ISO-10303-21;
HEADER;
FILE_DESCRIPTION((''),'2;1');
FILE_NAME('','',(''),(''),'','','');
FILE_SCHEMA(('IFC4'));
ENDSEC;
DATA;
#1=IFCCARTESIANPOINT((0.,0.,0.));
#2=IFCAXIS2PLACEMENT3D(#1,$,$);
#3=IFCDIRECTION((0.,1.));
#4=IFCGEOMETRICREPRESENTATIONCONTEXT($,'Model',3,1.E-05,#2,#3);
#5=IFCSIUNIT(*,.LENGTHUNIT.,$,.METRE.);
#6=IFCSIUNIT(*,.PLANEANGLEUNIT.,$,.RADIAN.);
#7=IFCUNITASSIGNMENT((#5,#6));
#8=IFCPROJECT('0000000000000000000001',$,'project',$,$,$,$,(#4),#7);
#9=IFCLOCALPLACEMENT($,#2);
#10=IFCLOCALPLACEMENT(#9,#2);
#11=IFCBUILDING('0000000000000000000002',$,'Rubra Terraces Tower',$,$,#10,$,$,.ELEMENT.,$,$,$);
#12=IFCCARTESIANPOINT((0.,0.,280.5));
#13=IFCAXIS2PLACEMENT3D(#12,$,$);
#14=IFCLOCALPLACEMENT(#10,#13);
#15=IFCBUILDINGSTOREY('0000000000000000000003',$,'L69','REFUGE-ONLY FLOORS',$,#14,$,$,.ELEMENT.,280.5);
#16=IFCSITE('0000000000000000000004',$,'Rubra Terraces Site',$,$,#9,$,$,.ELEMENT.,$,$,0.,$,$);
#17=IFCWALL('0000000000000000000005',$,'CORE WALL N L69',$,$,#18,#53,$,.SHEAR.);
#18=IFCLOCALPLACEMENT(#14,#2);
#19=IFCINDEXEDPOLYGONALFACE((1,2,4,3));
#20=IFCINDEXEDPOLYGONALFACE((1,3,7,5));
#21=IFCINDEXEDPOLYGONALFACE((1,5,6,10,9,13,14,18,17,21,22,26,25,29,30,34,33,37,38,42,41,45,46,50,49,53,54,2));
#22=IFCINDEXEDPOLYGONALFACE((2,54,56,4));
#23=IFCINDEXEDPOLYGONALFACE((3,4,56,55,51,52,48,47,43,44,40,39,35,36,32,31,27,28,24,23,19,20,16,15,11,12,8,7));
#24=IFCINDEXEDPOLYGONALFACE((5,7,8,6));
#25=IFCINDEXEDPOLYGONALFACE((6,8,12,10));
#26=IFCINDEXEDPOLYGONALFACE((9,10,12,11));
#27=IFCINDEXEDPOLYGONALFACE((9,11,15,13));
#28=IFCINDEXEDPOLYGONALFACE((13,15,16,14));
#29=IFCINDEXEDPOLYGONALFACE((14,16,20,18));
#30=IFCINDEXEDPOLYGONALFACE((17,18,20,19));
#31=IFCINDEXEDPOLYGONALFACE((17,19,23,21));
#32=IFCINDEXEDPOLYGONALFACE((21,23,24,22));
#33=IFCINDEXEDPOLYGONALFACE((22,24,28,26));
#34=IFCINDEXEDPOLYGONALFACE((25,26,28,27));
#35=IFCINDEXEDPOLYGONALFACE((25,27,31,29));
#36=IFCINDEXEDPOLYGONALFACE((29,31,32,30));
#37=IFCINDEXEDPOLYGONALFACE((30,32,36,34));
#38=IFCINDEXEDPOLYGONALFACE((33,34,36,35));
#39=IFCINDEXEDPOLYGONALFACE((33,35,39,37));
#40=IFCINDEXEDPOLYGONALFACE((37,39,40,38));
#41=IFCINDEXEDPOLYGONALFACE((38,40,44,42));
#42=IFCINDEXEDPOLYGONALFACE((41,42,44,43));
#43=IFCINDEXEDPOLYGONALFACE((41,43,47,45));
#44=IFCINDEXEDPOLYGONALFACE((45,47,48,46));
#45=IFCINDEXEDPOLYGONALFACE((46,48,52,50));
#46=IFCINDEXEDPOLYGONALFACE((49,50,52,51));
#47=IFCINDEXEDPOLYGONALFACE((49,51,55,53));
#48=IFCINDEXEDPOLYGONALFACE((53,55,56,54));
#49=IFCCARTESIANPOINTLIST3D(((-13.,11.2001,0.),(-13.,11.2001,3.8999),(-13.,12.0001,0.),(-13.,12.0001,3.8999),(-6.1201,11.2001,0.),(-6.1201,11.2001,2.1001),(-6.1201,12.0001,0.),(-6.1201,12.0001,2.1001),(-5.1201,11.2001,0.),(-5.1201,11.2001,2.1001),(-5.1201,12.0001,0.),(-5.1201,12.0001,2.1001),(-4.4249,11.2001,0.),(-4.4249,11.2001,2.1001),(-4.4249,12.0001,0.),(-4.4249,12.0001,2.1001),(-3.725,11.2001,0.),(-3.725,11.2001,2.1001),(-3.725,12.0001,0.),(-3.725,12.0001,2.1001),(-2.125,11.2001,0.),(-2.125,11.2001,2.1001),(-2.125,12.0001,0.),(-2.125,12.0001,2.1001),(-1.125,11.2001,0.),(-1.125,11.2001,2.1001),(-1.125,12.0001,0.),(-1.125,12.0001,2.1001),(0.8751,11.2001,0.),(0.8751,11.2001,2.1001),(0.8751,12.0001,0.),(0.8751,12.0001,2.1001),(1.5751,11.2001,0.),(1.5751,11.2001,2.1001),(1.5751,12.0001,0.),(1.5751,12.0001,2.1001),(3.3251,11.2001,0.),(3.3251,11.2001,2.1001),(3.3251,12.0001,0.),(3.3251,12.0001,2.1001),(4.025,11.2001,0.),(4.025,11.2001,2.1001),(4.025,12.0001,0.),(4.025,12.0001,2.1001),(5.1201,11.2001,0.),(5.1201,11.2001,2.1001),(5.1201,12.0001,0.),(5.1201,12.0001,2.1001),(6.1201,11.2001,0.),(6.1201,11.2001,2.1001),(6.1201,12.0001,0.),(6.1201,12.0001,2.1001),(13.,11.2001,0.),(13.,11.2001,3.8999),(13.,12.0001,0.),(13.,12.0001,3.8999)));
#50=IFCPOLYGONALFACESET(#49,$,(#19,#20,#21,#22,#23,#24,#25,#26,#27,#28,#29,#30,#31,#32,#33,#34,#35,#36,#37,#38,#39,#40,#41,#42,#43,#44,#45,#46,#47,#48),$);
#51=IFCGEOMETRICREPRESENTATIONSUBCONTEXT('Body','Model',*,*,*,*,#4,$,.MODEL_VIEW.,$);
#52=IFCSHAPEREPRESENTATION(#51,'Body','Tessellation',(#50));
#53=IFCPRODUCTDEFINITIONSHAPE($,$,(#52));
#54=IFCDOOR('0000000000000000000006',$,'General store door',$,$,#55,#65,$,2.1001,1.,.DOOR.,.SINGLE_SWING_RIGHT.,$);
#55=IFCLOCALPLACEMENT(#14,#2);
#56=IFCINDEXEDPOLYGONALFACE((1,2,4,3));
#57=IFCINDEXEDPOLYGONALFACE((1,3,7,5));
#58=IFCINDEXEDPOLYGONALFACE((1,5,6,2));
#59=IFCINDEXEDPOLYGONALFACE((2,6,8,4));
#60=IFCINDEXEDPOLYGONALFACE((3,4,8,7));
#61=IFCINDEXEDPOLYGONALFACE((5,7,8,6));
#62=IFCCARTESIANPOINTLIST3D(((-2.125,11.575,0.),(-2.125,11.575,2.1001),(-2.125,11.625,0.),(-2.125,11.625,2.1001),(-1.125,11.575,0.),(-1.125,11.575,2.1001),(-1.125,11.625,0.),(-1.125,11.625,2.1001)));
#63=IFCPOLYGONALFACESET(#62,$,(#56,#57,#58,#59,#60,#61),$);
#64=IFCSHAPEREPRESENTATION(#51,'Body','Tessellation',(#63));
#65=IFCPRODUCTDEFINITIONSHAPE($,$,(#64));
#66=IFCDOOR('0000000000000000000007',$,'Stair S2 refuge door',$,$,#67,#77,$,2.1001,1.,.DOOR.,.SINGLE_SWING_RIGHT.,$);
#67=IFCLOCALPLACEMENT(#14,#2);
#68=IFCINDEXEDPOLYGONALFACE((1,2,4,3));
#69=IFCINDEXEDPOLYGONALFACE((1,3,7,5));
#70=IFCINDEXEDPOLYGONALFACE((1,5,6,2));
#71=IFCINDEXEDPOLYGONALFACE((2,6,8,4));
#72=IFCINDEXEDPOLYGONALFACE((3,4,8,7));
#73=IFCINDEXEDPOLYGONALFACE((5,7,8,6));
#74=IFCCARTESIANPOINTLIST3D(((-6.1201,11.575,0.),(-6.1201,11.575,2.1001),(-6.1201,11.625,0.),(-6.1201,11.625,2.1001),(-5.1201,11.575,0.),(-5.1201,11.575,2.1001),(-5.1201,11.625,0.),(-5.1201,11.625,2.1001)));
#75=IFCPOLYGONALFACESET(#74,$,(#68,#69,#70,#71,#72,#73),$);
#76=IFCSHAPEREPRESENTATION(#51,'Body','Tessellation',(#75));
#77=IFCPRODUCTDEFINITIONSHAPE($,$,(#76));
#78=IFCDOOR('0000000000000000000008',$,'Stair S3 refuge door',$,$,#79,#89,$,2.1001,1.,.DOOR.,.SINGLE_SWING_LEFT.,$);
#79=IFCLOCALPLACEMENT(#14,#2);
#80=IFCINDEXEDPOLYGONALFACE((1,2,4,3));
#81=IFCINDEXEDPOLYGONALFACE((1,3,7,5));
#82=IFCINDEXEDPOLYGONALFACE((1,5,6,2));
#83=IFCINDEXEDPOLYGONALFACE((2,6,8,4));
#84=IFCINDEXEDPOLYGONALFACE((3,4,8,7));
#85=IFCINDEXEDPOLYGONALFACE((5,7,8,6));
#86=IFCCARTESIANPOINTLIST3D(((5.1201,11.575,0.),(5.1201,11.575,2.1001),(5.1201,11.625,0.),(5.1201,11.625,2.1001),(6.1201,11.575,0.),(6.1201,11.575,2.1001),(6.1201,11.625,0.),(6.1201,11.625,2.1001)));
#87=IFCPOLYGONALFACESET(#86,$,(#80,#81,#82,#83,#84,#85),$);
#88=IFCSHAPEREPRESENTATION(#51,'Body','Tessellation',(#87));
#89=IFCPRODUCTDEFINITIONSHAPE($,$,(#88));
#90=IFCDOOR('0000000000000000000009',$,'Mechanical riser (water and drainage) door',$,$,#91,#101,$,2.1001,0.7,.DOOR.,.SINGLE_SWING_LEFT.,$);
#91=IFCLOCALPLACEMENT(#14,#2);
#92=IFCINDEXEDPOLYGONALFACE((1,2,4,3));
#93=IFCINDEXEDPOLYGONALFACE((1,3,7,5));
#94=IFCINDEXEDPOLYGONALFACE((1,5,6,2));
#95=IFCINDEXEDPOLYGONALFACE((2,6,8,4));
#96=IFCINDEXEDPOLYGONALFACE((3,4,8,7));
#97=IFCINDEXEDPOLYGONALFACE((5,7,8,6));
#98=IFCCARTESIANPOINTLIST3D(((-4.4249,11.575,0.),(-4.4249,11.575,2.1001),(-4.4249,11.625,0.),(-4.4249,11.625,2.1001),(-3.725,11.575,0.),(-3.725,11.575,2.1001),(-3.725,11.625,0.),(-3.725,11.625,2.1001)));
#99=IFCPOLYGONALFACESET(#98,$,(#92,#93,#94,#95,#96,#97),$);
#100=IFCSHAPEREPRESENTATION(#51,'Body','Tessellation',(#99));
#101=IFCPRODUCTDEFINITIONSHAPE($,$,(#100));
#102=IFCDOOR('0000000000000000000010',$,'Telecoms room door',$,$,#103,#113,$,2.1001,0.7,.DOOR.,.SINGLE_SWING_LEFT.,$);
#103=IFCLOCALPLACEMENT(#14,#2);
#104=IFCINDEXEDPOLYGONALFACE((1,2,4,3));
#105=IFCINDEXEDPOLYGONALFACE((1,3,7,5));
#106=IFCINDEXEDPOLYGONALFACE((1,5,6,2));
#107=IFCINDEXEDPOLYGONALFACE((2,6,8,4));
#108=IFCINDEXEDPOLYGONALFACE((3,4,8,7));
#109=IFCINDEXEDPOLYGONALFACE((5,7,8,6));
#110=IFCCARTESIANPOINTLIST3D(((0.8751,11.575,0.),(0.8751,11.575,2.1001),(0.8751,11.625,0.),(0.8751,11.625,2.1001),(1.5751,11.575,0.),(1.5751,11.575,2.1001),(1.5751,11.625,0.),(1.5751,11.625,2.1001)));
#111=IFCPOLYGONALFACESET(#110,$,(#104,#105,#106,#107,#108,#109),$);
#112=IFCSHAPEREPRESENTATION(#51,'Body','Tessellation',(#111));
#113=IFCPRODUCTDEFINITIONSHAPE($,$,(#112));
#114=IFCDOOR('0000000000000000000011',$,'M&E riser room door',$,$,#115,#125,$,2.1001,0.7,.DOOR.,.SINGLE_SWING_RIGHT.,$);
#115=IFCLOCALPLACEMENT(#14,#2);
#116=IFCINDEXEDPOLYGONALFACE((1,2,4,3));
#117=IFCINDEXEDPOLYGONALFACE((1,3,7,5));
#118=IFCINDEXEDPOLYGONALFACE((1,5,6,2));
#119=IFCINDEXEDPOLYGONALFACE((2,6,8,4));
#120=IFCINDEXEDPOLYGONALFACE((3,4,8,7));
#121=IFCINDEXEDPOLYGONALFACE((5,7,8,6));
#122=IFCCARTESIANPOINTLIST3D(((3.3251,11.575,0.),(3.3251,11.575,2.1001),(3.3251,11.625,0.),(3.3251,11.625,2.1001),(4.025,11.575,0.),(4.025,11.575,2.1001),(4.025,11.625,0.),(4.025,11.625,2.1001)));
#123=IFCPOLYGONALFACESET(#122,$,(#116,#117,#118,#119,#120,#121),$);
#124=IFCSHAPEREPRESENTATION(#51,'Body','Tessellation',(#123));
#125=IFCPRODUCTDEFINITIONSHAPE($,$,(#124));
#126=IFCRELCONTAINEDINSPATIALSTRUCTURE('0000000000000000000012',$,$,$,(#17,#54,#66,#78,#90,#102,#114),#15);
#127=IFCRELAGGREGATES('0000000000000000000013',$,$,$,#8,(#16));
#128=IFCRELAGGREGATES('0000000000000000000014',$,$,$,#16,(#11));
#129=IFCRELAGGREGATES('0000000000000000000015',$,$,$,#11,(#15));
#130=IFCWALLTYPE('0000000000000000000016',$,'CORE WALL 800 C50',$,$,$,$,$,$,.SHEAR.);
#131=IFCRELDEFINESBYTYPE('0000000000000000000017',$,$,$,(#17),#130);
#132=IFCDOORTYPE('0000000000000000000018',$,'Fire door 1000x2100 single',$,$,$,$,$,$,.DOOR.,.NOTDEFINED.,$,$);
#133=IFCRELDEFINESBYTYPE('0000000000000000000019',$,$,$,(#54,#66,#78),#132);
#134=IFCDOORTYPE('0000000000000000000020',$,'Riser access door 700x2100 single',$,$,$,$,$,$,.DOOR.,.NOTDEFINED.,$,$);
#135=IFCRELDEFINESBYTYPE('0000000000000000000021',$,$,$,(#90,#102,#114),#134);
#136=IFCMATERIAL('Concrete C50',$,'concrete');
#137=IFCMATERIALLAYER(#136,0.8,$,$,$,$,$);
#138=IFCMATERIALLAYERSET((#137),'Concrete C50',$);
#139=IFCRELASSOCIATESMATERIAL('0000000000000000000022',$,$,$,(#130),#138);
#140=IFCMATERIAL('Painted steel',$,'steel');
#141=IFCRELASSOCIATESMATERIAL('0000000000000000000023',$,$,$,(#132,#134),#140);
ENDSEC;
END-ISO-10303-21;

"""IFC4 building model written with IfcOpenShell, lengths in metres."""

from ifc_helpers import new_model, si_unit, direction, frame, frame_2d, origin, place, context, subcontext, project, spatial, rectangle, extrude, material, layer, layer_set, type_object, element, fill, save


model = new_model("IFC4")

# Units and contexts
model_context = context("Model", 3, precision=1e-05, world=origin(), true_north=direction((0.0, 1.0)))
body_context = subcontext(model_context, "Body", "Model", "MODEL_VIEW")
ifc_project = project(units=[si_unit("LENGTHUNIT", "METRE"), si_unit("PLANEANGLEUNIT", "RADIAN")], contexts=[model_context])

# Site, building, storey
site_placement = place(None, origin())
site = spatial("IfcSite", under=ifc_project, at=site_placement, Name="Rubra Terraces Site", CompositionType="ELEMENT", RefElevation=0.0)
building_placement = place(site_placement, origin())
building = spatial("IfcBuilding", under=site, at=building_placement, Name="Rubra Terraces Tower", CompositionType="ELEMENT")
storey_placement = place(building_placement, frame((0.0, 0.0, 280.5)))
storey = spatial("IfcBuildingStorey", under=building, at=storey_placement, Name="L69", Description="REFUGE-ONLY FLOORS", CompositionType="ELEMENT", Elevation=280.5)

# Shared definitions
ifc_material_1 = material(Name="Concrete C50", Category="concrete")

# Wall, openings, doors
ifc_layer_1 = layer(ifc_material_1, 0.8)
ifc_layer_set_1 = layer_set([ifc_layer_1], Name="Concrete C50")
wall_type_1 = type_object("IfcWallType", Name="CORE WALL 800 C50", PredefinedType="SHEAR", material=ifc_layer_set_1)
wall_1_placement = place(storey_placement, frame((-13.0, 11.6001, 0.0), z_axis=(0.0, 0.0, 1.0), x_axis=(1.0, 0.0, 0.0)))
wall_1 = element("IfcWall", 1, at=wall_1_placement, inside=storey, type_object=wall_type_1, Name="CORE WALL N L69", PredefinedType="SHEAR", context=body_context, shape_type="SweptSolid", body=[
    extrude(rectangle(XDim=26.0, YDim=0.8, at=frame_2d((13.0, 0.0))), origin(), (0.0, 0.0, 1.0), 3.8999),
])
opening_1_placement = place(wall_1_placement, frame((8.575, 0.0, 0.0)))
opening_1 = element("IfcOpeningElement", 2, at=opening_1_placement, cuts=wall_1, PredefinedType="OPENING", context=body_context, shape_type="SweptSolid", body=[
    extrude(rectangle(XDim=0.7, YDim=2.1001, at=frame_2d((0.3501, 1.05))), frame((0.0, 0.4099, 0.0), z_axis=(0.0, -1.0, 0.0), x_axis=(1.0, 0.0, 0.0)), (0.0, 0.0, 1.0), 0.8201),
])
opening_2_placement = place(wall_1_placement, frame((10.875, 0.0, 0.0)))
opening_2 = element("IfcOpeningElement", 3, at=opening_2_placement, cuts=wall_1, PredefinedType="OPENING", context=body_context, shape_type="SweptSolid", body=[
    extrude(rectangle(XDim=1.0, YDim=2.1001, at=frame_2d((0.5, 1.05))), frame((0.0, 0.4099, 0.0), z_axis=(0.0, -1.0, 0.0), x_axis=(1.0, 0.0, 0.0)), (0.0, 0.0, 1.0), 0.8201),
])
opening_3_placement = place(wall_1_placement, frame((13.875, 0.0, 0.0)))
opening_3 = element("IfcOpeningElement", 4, at=opening_3_placement, cuts=wall_1, PredefinedType="OPENING", context=body_context, shape_type="SweptSolid", body=[
    extrude(rectangle(XDim=0.7, YDim=2.1001, at=frame_2d((0.3501, 1.05))), frame((0.0, 0.4099, 0.0), z_axis=(0.0, -1.0, 0.0), x_axis=(1.0, 0.0, 0.0)), (0.0, 0.0, 1.0), 0.8201),
])
opening_4_placement = place(wall_1_placement, frame((16.325, 0.0, 0.0)))
opening_4 = element("IfcOpeningElement", 5, at=opening_4_placement, cuts=wall_1, PredefinedType="OPENING", context=body_context, shape_type="SweptSolid", body=[
    extrude(rectangle(XDim=0.7, YDim=2.1001, at=frame_2d((0.3501, 1.05))), frame((0.0, 0.4099, 0.0), z_axis=(0.0, -1.0, 0.0), x_axis=(1.0, 0.0, 0.0)), (0.0, 0.0, 1.0), 0.8201),
])
opening_5_placement = place(wall_1_placement, frame((6.8799, 0.0, 0.0)))
opening_5 = element("IfcOpeningElement", 6, at=opening_5_placement, cuts=wall_1, PredefinedType="OPENING", context=body_context, shape_type="SweptSolid", body=[
    extrude(rectangle(XDim=1.0, YDim=2.1001, at=frame_2d((0.5, 1.05))), frame((0.0, 0.4099, 0.0), z_axis=(0.0, -1.0, 0.0), x_axis=(1.0, 0.0, 0.0)), (0.0, 0.0, 1.0), 0.8201),
])
opening_6_placement = place(wall_1_placement, frame((18.1201, 0.0, 0.0)))
opening_6 = element("IfcOpeningElement", 7, at=opening_6_placement, cuts=wall_1, PredefinedType="OPENING", context=body_context, shape_type="SweptSolid", body=[
    extrude(rectangle(XDim=1.0, YDim=2.1001, at=frame_2d((0.5, 1.05))), frame((0.0, 0.4099, 0.0), z_axis=(0.0, -1.0, 0.0), x_axis=(1.0, 0.0, 0.0)), (0.0, 0.0, 1.0), 0.8201),
])
ifc_material_2 = material(Name="Painted steel", Category="steel")
door_type_1 = type_object("IfcDoorType", Name="Fire door 1000x2100 single", OperationType="NOTDEFINED", PredefinedType="DOOR", material=ifc_material_2)
door_1_placement = place(opening_2_placement, origin())
door_1 = element("IfcDoor", 8, at=door_1_placement, inside=storey, type_object=door_type_1, Name="General store door", OperationType="SINGLE_SWING_RIGHT", OverallHeight=2.1001, OverallWidth=1.0, PredefinedType="DOOR", context=body_context, shape_type="SweptSolid", body=[
    extrude(rectangle(XDim=1.0, YDim=2.1001, at=frame_2d((0.5, 1.05))), frame((0.0, 0.0249, 0.0), z_axis=(0.0, -1.0, 0.0), x_axis=(1.0, 0.0, 0.0)), (0.0, 0.0, 1.0), 0.05),
])
fill(opening_2, door_1)
door_2_placement = place(opening_5_placement, origin())
door_2 = element("IfcDoor", 9, at=door_2_placement, inside=storey, type_object=door_type_1, Name="Stair S2 refuge door", OperationType="SINGLE_SWING_RIGHT", OverallHeight=2.1001, OverallWidth=1.0, PredefinedType="DOOR", context=body_context, shape_type="SweptSolid", body=[
    extrude(rectangle(XDim=1.0, YDim=2.1001, at=frame_2d((0.5, 1.05))), frame((0.0, 0.0249, 0.0), z_axis=(0.0, -1.0, 0.0), x_axis=(1.0, 0.0, 0.0)), (0.0, 0.0, 1.0), 0.05),
])
fill(opening_5, door_2)
door_3_placement = place(opening_6_placement, origin())
door_3 = element("IfcDoor", 10, at=door_3_placement, inside=storey, type_object=door_type_1, Name="Stair S3 refuge door", OperationType="SINGLE_SWING_LEFT", OverallHeight=2.1001, OverallWidth=1.0, PredefinedType="DOOR", context=body_context, shape_type="SweptSolid", body=[
    extrude(rectangle(XDim=1.0, YDim=2.1001, at=frame_2d((0.5, 1.05))), frame((0.0, 0.0249, 0.0), z_axis=(0.0, -1.0, 0.0), x_axis=(1.0, 0.0, 0.0)), (0.0, 0.0, 1.0), 0.05),
])
fill(opening_6, door_3)
door_type_2 = type_object("IfcDoorType", Name="Riser access door 700x2100 single", OperationType="NOTDEFINED", PredefinedType="DOOR", material=ifc_material_2)
door_4_placement = place(opening_1_placement, origin())
door_4 = element("IfcDoor", 11, at=door_4_placement, inside=storey, type_object=door_type_2, Name="Mechanical riser (water and drainage) door", OperationType="SINGLE_SWING_LEFT", OverallHeight=2.1001, OverallWidth=0.7, PredefinedType="DOOR", context=body_context, shape_type="SweptSolid", body=[
    extrude(rectangle(XDim=0.7, YDim=2.1001, at=frame_2d((0.3501, 1.05))), frame((0.0, 0.0249, 0.0), z_axis=(0.0, -1.0, 0.0), x_axis=(1.0, 0.0, 0.0)), (0.0, 0.0, 1.0), 0.05),
])
fill(opening_1, door_4)
door_5_placement = place(opening_3_placement, origin())
door_5 = element("IfcDoor", 12, at=door_5_placement, inside=storey, type_object=door_type_2, Name="Telecoms room door", OperationType="SINGLE_SWING_LEFT", OverallHeight=2.1001, OverallWidth=0.7, PredefinedType="DOOR", context=body_context, shape_type="SweptSolid", body=[
    extrude(rectangle(XDim=0.7, YDim=2.1001, at=frame_2d((0.3501, 1.05))), frame((0.0, 0.0249, 0.0), z_axis=(0.0, -1.0, 0.0), x_axis=(1.0, 0.0, 0.0)), (0.0, 0.0, 1.0), 0.05),
])
fill(opening_3, door_5)
door_6_placement = place(opening_4_placement, origin())
door_6 = element("IfcDoor", 13, at=door_6_placement, inside=storey, type_object=door_type_2, Name="M&E riser room door", OperationType="SINGLE_SWING_RIGHT", OverallHeight=2.1001, OverallWidth=0.7, PredefinedType="DOOR", context=body_context, shape_type="SweptSolid", body=[
    extrude(rectangle(XDim=0.7, YDim=2.1001, at=frame_2d((0.3501, 1.05))), frame((0.0, 0.0249, 0.0), z_axis=(0.0, -1.0, 0.0), x_axis=(1.0, 0.0, 0.0)), (0.0, 0.0, 1.0), 0.05),
])
fill(opening_4, door_6)

save(model, "model.ifc")
